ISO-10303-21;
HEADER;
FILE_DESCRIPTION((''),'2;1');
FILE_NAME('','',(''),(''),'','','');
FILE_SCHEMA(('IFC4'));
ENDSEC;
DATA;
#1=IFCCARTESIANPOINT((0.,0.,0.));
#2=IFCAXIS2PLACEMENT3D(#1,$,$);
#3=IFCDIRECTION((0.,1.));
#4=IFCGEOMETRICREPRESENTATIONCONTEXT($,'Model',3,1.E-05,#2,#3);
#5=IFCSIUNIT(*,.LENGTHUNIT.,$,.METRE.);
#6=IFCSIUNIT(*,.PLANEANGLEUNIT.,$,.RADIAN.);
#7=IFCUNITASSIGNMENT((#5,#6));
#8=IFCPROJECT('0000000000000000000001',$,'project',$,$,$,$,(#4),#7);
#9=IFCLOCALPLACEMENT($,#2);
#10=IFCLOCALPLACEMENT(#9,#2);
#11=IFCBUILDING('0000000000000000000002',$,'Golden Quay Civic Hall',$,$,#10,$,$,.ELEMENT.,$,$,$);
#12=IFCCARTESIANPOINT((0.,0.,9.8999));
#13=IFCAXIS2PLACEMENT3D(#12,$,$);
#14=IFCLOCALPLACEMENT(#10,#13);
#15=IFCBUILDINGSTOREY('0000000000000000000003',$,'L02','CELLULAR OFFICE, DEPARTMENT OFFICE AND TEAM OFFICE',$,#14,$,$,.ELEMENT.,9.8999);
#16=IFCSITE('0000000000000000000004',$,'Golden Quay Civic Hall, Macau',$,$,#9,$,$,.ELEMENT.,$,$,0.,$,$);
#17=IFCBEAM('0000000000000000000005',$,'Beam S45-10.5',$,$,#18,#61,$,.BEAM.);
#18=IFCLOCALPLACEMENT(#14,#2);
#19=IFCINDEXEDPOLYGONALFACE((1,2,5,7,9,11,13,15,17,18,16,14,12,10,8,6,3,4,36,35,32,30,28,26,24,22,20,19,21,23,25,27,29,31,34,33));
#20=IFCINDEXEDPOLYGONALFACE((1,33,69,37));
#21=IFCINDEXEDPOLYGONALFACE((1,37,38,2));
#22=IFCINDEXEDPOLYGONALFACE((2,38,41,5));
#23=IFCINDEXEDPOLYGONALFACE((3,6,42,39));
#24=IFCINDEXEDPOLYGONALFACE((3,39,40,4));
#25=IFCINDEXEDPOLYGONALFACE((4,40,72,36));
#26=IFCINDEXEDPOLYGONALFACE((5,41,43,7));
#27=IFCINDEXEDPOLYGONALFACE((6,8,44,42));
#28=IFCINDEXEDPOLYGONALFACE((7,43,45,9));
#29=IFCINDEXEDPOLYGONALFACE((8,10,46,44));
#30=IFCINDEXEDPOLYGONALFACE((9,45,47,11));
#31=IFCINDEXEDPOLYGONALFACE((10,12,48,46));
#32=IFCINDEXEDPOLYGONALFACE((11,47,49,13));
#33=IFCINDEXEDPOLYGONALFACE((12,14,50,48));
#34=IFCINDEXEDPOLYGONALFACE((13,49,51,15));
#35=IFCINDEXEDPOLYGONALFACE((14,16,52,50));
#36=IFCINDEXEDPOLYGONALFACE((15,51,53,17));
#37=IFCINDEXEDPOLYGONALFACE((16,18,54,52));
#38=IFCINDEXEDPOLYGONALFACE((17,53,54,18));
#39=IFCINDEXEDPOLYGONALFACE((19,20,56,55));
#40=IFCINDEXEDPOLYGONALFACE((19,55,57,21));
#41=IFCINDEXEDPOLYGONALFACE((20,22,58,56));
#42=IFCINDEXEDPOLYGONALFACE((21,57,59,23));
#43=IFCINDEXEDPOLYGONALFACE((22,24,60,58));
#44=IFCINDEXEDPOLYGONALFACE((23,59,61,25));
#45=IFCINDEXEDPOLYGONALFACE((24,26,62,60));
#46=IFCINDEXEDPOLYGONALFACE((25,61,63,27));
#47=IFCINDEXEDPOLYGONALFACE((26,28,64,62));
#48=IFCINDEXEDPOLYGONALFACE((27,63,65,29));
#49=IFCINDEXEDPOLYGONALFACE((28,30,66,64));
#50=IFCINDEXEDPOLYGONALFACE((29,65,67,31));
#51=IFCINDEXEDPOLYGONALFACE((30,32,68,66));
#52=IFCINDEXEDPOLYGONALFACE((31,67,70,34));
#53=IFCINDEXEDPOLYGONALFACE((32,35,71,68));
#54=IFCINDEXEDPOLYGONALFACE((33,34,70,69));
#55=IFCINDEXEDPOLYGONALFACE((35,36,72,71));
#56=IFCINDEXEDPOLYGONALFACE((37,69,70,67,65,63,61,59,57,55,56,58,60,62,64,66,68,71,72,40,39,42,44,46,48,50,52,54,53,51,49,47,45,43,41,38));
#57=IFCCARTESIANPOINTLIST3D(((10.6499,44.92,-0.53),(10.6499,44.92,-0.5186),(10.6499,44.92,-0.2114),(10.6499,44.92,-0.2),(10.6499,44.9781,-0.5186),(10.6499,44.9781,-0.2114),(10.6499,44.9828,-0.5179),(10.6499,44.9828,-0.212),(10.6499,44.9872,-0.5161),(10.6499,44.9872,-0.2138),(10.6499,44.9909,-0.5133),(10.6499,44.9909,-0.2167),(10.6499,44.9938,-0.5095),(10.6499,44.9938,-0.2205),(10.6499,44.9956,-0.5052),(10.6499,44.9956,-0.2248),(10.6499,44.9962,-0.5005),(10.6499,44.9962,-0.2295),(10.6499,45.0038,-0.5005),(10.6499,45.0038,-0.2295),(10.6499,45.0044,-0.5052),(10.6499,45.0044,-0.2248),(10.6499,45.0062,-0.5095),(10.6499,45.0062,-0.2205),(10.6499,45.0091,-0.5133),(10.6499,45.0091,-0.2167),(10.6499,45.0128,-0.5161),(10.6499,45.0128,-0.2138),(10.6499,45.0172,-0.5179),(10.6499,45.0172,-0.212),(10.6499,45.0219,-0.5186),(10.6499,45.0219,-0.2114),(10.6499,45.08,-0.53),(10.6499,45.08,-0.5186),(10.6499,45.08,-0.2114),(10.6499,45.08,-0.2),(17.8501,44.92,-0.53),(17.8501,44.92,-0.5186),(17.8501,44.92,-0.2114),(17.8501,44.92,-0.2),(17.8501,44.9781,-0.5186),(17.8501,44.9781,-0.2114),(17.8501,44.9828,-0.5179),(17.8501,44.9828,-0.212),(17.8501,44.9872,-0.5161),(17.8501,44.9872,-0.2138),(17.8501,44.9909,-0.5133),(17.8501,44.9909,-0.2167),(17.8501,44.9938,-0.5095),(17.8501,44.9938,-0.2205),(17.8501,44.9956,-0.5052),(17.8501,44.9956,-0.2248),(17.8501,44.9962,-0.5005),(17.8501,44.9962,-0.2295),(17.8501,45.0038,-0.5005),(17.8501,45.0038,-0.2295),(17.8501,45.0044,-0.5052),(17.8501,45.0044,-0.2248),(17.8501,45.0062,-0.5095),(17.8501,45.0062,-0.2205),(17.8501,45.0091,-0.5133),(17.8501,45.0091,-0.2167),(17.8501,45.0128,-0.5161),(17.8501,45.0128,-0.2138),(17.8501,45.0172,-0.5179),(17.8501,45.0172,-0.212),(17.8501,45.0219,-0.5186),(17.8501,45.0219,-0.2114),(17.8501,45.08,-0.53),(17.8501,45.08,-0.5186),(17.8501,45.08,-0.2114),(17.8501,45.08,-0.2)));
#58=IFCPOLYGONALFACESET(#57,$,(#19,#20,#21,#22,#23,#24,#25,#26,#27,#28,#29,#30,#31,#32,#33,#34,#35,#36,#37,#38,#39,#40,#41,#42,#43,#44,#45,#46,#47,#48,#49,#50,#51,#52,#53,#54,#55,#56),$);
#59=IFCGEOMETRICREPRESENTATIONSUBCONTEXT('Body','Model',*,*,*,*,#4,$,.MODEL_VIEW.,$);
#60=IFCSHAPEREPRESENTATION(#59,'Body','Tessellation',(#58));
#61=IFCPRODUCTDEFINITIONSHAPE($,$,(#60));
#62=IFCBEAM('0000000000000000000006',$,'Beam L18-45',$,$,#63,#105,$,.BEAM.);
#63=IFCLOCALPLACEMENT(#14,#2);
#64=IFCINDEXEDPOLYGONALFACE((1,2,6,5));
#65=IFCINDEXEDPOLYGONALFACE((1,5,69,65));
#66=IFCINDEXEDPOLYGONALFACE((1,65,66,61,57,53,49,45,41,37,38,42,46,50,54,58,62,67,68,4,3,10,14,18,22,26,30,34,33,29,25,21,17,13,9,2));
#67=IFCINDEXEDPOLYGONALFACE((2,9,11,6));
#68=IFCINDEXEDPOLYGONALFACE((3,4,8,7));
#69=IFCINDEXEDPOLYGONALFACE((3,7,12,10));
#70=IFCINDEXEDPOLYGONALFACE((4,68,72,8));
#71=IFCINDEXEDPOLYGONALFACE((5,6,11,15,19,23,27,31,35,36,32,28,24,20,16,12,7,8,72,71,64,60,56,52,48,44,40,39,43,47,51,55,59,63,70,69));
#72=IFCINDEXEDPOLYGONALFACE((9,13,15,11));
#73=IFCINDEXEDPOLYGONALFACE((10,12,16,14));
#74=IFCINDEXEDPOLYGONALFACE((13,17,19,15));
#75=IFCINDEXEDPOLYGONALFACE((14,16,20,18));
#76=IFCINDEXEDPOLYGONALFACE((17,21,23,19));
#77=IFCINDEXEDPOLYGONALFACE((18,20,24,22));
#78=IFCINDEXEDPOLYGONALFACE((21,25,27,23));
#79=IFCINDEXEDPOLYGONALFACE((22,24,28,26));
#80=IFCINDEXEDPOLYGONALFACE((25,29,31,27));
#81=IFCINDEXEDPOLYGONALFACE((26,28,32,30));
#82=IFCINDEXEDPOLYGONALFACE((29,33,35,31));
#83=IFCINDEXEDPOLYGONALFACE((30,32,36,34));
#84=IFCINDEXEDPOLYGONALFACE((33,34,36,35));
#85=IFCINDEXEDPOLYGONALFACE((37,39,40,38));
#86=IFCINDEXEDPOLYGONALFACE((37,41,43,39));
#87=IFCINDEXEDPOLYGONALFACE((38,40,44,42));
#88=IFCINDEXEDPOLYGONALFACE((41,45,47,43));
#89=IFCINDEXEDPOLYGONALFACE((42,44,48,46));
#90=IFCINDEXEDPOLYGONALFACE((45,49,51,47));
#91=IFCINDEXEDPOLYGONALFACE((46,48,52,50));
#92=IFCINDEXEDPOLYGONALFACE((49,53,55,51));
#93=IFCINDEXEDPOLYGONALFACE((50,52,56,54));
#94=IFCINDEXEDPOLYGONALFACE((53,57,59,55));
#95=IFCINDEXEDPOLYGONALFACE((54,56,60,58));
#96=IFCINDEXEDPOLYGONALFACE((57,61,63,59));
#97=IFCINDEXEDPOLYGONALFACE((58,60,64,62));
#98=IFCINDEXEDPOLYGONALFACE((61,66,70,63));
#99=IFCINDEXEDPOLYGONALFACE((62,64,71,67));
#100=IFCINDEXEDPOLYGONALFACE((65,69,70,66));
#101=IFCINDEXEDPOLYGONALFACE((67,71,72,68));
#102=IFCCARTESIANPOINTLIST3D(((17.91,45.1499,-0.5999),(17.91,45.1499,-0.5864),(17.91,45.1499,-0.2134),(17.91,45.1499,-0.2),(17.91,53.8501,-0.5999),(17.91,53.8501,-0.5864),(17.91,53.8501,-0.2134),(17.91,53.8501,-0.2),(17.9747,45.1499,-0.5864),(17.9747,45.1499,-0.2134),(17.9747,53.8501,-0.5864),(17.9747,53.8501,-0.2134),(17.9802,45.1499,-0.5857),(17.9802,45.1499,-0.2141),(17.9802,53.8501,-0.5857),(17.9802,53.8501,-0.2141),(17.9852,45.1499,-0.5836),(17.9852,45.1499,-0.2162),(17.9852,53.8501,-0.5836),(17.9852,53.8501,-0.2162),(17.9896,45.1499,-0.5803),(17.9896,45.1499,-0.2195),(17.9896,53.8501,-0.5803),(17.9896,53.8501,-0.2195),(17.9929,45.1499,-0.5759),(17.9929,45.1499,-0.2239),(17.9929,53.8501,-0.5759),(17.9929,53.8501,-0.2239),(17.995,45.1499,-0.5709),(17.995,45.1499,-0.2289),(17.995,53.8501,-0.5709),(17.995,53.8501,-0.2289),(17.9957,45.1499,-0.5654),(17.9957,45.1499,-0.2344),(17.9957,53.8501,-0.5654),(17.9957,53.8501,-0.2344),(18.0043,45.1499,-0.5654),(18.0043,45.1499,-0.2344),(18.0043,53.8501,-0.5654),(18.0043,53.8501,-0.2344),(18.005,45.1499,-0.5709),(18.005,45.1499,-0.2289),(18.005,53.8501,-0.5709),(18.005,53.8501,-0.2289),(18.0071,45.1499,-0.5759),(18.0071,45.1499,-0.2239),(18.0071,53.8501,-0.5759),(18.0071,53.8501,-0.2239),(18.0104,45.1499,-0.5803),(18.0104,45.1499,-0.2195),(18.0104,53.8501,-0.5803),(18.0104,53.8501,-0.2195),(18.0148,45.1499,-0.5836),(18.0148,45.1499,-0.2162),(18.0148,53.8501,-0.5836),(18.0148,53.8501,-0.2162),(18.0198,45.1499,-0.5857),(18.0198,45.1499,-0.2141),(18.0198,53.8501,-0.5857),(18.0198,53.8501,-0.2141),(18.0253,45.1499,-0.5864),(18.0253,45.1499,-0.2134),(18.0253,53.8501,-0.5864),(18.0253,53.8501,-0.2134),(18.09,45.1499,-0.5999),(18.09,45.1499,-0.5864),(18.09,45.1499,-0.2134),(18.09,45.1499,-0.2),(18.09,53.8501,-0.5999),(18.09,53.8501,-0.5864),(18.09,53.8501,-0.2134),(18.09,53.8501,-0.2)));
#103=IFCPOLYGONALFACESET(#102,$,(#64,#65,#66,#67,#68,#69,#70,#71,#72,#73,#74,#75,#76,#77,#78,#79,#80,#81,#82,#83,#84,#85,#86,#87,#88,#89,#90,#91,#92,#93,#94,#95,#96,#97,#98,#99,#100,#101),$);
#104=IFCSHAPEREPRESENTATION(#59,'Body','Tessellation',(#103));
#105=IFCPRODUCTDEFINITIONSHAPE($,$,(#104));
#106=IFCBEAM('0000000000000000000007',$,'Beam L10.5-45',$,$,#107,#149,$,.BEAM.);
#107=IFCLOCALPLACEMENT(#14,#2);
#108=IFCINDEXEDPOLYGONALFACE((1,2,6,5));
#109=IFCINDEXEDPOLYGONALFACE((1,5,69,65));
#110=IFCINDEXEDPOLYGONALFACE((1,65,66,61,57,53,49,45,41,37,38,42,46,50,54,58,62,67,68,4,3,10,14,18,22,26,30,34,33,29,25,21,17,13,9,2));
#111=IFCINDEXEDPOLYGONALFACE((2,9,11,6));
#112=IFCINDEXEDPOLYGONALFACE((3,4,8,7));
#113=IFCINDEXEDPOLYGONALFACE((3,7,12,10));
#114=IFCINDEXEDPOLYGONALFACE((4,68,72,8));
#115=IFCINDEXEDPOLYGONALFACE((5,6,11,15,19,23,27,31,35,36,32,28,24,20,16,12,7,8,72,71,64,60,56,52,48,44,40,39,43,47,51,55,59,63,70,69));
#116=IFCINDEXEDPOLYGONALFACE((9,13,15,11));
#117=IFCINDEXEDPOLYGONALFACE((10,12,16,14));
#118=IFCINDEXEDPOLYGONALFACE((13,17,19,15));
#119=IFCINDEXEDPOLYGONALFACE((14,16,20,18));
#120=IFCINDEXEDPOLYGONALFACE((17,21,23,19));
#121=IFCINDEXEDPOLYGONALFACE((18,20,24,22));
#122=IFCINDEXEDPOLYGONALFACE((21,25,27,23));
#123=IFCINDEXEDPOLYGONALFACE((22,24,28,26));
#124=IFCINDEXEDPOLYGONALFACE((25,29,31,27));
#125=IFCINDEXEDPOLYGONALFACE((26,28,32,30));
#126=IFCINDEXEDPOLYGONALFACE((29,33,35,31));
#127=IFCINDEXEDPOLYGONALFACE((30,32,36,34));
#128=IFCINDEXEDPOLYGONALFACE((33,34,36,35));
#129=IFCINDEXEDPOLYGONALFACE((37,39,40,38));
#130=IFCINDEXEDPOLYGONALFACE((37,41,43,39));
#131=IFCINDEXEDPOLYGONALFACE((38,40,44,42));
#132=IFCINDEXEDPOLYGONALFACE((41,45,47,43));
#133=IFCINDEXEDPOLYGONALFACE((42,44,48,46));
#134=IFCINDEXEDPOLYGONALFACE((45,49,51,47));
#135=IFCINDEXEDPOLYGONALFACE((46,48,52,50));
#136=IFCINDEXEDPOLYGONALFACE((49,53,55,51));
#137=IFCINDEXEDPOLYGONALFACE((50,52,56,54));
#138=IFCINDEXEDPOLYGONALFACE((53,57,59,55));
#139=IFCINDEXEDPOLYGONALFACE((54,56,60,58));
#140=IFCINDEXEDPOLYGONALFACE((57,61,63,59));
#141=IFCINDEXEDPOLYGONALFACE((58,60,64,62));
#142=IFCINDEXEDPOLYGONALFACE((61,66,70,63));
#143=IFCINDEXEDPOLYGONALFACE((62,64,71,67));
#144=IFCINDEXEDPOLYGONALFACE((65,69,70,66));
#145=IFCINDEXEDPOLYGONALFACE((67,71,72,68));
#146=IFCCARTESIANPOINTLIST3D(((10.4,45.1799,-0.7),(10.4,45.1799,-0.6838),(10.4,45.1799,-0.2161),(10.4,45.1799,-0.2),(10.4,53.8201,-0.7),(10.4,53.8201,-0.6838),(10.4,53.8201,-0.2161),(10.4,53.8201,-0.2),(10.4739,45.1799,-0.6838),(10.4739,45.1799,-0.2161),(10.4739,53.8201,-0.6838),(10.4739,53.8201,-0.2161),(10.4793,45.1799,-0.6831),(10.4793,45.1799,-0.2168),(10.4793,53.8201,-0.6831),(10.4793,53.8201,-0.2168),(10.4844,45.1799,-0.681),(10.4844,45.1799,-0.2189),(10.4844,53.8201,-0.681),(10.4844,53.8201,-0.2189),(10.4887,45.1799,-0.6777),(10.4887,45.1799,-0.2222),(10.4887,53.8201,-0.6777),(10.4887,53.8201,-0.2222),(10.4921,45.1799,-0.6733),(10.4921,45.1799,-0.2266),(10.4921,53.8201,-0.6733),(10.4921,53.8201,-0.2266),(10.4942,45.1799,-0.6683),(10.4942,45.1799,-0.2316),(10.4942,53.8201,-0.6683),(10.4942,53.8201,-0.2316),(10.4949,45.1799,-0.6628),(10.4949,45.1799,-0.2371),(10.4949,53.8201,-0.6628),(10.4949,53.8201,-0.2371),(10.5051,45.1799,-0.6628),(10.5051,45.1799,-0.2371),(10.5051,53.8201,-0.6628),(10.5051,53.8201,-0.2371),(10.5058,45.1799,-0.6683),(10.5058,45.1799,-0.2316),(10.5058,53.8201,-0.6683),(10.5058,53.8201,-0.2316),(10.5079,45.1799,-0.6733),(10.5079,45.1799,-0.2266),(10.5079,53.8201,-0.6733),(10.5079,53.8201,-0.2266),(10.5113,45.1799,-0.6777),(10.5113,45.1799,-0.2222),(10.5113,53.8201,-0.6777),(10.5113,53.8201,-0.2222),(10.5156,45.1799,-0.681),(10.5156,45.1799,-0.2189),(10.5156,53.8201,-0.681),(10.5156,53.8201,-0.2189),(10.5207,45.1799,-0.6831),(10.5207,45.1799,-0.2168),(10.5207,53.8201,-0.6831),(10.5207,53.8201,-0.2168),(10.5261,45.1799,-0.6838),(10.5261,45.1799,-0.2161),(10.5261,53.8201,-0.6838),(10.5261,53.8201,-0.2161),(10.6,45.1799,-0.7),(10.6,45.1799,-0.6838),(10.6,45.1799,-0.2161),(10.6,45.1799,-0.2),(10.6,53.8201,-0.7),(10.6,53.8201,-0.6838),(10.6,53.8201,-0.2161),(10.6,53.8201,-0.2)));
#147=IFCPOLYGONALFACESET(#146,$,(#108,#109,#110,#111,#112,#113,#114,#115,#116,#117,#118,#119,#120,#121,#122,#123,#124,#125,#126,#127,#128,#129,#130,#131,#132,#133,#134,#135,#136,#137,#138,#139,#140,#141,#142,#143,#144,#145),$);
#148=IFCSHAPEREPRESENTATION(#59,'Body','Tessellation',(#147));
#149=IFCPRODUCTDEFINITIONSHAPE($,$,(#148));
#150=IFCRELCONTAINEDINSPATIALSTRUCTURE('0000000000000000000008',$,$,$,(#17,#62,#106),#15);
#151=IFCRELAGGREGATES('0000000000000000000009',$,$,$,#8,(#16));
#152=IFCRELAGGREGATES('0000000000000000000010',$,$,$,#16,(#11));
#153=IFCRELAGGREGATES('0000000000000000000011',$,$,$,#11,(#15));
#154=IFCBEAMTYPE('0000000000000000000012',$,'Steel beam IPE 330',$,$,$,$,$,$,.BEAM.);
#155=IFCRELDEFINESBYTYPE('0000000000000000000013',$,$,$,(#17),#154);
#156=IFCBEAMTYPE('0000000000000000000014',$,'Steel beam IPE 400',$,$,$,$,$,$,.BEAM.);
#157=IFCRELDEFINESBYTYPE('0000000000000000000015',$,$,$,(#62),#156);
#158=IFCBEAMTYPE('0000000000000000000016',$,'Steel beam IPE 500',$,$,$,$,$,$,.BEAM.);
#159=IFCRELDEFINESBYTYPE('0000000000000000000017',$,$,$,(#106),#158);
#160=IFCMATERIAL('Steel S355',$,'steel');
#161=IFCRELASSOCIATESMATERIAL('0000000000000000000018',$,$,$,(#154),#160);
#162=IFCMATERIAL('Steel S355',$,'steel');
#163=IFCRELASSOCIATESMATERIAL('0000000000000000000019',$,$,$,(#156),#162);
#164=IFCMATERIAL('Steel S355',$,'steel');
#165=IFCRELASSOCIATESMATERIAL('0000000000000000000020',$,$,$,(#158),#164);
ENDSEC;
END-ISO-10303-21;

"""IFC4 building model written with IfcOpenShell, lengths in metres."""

from ifc_helpers import new_model, si_unit, direction, frame, origin, origin_2d, place, context, subcontext, project, spatial, i_section, extrude, material, material_profile, profile_set, type_object, element, save


model = new_model("IFC4")

# Units and contexts
model_context = context("Model", 3, precision=1e-05, world=origin(), true_north=direction((0.0, 1.0)))
body_context = subcontext(model_context, "Body", "Model", "MODEL_VIEW")
ifc_project = project(units=[si_unit("LENGTHUNIT", "METRE"), si_unit("PLANEANGLEUNIT", "RADIAN")], contexts=[model_context])

# Site, building, storey
site_placement = place(None, origin())
site = spatial("IfcSite", under=ifc_project, at=site_placement, Name="Golden Quay Civic Hall, Macau", CompositionType="ELEMENT", RefElevation=0.0)
building_placement = place(site_placement, origin())
building = spatial("IfcBuilding", under=site, at=building_placement, Name="Golden Quay Civic Hall", CompositionType="ELEMENT")
storey_placement = place(building_placement, frame((0.0, 0.0, 9.8999)))
storey = spatial("IfcBuildingStorey", under=building, at=storey_placement, Name="L02", Description="CELLULAR OFFICE, DEPARTMENT OFFICE AND TEAM OFFICE", CompositionType="ELEMENT", Elevation=9.8999)

# Beams
ifc_material_1 = material(Name="Steel S355", Category="steel")
ifc_material_profile_1 = material_profile(ifc_material_1, i_section(OverallWidth=0.1599, OverallDepth=0.3301, WebThickness=0.0076, FlangeThickness=0.0115, FilletRadius=0.0181, at=origin_2d()), Name="IPE 330")
ifc_profile_set_1 = profile_set([ifc_material_profile_1], Name="Steel S355")
beam_type_1 = type_object("IfcBeamType", Name="Steel beam IPE 330", PredefinedType="BEAM", material=ifc_profile_set_1)
beam_1_placement = place(storey_placement, frame((10.6499, 45.0, -0.365), z_axis=(1.0, 0.0, 0.0), x_axis=(0.0, 1.0, 0.0)))
element("IfcBeam", 1, at=beam_1_placement, inside=storey, type_object=beam_type_1, Name="Beam S45-10.5", PredefinedType="BEAM", context=body_context, shape_type="SweptSolid", body=[
    extrude(i_section(OverallWidth=0.1599, OverallDepth=0.3301, WebThickness=0.0076, FlangeThickness=0.0115, FilletRadius=0.0181, at=origin_2d()), origin(), (0.0, 0.0, 1.0), 7.2002),
])
ifc_material_2 = material(Name="Steel S355", Category="steel")
ifc_material_profile_2 = material_profile(ifc_material_2, i_section(OverallWidth=0.1799, OverallDepth=0.3999, WebThickness=0.0085, FlangeThickness=0.0134, FilletRadius=0.021, at=origin_2d()), Name="IPE 400")
ifc_profile_set_2 = profile_set([ifc_material_profile_2], Name="Steel S355")
beam_type_2 = type_object("IfcBeamType", Name="Steel beam IPE 400", PredefinedType="BEAM", material=ifc_profile_set_2)
beam_2_placement = place(storey_placement, frame((18.0, 45.1499, -0.3999), z_axis=(0.0, 1.0, 0.0), x_axis=(-1.0, 0.0, 0.0)))
element("IfcBeam", 2, at=beam_2_placement, inside=storey, type_object=beam_type_2, Name="Beam L18-45", PredefinedType="BEAM", context=body_context, shape_type="SweptSolid", body=[
    extrude(i_section(OverallWidth=0.1799, OverallDepth=0.3999, WebThickness=0.0085, FlangeThickness=0.0134, FilletRadius=0.021, at=origin_2d()), origin(), (0.0, 0.0, 1.0), 8.7002),
])
ifc_material_3 = material(Name="Steel S355", Category="steel")
ifc_material_profile_3 = material_profile(ifc_material_3, i_section(OverallWidth=0.2, OverallDepth=0.5, WebThickness=0.0103, FlangeThickness=0.0161, FilletRadius=0.021, at=origin_2d()), Name="IPE 500")
ifc_profile_set_3 = profile_set([ifc_material_profile_3], Name="Steel S355")
beam_type_3 = type_object("IfcBeamType", Name="Steel beam IPE 500", PredefinedType="BEAM", material=ifc_profile_set_3)
beam_3_placement = place(storey_placement, frame((10.5, 45.1799, -0.45), z_axis=(0.0, 1.0, 0.0), x_axis=(-1.0, 0.0, 0.0)))
element("IfcBeam", 3, at=beam_3_placement, inside=storey, type_object=beam_type_3, Name="Beam L10.5-45", PredefinedType="BEAM", context=body_context, shape_type="SweptSolid", body=[
    extrude(i_section(OverallWidth=0.2, OverallDepth=0.5, WebThickness=0.0103, FlangeThickness=0.0161, FilletRadius=0.021, at=origin_2d()), origin(), (0.0, 0.0, 1.0), 8.6401),
])

save(model, "model.ifc")
